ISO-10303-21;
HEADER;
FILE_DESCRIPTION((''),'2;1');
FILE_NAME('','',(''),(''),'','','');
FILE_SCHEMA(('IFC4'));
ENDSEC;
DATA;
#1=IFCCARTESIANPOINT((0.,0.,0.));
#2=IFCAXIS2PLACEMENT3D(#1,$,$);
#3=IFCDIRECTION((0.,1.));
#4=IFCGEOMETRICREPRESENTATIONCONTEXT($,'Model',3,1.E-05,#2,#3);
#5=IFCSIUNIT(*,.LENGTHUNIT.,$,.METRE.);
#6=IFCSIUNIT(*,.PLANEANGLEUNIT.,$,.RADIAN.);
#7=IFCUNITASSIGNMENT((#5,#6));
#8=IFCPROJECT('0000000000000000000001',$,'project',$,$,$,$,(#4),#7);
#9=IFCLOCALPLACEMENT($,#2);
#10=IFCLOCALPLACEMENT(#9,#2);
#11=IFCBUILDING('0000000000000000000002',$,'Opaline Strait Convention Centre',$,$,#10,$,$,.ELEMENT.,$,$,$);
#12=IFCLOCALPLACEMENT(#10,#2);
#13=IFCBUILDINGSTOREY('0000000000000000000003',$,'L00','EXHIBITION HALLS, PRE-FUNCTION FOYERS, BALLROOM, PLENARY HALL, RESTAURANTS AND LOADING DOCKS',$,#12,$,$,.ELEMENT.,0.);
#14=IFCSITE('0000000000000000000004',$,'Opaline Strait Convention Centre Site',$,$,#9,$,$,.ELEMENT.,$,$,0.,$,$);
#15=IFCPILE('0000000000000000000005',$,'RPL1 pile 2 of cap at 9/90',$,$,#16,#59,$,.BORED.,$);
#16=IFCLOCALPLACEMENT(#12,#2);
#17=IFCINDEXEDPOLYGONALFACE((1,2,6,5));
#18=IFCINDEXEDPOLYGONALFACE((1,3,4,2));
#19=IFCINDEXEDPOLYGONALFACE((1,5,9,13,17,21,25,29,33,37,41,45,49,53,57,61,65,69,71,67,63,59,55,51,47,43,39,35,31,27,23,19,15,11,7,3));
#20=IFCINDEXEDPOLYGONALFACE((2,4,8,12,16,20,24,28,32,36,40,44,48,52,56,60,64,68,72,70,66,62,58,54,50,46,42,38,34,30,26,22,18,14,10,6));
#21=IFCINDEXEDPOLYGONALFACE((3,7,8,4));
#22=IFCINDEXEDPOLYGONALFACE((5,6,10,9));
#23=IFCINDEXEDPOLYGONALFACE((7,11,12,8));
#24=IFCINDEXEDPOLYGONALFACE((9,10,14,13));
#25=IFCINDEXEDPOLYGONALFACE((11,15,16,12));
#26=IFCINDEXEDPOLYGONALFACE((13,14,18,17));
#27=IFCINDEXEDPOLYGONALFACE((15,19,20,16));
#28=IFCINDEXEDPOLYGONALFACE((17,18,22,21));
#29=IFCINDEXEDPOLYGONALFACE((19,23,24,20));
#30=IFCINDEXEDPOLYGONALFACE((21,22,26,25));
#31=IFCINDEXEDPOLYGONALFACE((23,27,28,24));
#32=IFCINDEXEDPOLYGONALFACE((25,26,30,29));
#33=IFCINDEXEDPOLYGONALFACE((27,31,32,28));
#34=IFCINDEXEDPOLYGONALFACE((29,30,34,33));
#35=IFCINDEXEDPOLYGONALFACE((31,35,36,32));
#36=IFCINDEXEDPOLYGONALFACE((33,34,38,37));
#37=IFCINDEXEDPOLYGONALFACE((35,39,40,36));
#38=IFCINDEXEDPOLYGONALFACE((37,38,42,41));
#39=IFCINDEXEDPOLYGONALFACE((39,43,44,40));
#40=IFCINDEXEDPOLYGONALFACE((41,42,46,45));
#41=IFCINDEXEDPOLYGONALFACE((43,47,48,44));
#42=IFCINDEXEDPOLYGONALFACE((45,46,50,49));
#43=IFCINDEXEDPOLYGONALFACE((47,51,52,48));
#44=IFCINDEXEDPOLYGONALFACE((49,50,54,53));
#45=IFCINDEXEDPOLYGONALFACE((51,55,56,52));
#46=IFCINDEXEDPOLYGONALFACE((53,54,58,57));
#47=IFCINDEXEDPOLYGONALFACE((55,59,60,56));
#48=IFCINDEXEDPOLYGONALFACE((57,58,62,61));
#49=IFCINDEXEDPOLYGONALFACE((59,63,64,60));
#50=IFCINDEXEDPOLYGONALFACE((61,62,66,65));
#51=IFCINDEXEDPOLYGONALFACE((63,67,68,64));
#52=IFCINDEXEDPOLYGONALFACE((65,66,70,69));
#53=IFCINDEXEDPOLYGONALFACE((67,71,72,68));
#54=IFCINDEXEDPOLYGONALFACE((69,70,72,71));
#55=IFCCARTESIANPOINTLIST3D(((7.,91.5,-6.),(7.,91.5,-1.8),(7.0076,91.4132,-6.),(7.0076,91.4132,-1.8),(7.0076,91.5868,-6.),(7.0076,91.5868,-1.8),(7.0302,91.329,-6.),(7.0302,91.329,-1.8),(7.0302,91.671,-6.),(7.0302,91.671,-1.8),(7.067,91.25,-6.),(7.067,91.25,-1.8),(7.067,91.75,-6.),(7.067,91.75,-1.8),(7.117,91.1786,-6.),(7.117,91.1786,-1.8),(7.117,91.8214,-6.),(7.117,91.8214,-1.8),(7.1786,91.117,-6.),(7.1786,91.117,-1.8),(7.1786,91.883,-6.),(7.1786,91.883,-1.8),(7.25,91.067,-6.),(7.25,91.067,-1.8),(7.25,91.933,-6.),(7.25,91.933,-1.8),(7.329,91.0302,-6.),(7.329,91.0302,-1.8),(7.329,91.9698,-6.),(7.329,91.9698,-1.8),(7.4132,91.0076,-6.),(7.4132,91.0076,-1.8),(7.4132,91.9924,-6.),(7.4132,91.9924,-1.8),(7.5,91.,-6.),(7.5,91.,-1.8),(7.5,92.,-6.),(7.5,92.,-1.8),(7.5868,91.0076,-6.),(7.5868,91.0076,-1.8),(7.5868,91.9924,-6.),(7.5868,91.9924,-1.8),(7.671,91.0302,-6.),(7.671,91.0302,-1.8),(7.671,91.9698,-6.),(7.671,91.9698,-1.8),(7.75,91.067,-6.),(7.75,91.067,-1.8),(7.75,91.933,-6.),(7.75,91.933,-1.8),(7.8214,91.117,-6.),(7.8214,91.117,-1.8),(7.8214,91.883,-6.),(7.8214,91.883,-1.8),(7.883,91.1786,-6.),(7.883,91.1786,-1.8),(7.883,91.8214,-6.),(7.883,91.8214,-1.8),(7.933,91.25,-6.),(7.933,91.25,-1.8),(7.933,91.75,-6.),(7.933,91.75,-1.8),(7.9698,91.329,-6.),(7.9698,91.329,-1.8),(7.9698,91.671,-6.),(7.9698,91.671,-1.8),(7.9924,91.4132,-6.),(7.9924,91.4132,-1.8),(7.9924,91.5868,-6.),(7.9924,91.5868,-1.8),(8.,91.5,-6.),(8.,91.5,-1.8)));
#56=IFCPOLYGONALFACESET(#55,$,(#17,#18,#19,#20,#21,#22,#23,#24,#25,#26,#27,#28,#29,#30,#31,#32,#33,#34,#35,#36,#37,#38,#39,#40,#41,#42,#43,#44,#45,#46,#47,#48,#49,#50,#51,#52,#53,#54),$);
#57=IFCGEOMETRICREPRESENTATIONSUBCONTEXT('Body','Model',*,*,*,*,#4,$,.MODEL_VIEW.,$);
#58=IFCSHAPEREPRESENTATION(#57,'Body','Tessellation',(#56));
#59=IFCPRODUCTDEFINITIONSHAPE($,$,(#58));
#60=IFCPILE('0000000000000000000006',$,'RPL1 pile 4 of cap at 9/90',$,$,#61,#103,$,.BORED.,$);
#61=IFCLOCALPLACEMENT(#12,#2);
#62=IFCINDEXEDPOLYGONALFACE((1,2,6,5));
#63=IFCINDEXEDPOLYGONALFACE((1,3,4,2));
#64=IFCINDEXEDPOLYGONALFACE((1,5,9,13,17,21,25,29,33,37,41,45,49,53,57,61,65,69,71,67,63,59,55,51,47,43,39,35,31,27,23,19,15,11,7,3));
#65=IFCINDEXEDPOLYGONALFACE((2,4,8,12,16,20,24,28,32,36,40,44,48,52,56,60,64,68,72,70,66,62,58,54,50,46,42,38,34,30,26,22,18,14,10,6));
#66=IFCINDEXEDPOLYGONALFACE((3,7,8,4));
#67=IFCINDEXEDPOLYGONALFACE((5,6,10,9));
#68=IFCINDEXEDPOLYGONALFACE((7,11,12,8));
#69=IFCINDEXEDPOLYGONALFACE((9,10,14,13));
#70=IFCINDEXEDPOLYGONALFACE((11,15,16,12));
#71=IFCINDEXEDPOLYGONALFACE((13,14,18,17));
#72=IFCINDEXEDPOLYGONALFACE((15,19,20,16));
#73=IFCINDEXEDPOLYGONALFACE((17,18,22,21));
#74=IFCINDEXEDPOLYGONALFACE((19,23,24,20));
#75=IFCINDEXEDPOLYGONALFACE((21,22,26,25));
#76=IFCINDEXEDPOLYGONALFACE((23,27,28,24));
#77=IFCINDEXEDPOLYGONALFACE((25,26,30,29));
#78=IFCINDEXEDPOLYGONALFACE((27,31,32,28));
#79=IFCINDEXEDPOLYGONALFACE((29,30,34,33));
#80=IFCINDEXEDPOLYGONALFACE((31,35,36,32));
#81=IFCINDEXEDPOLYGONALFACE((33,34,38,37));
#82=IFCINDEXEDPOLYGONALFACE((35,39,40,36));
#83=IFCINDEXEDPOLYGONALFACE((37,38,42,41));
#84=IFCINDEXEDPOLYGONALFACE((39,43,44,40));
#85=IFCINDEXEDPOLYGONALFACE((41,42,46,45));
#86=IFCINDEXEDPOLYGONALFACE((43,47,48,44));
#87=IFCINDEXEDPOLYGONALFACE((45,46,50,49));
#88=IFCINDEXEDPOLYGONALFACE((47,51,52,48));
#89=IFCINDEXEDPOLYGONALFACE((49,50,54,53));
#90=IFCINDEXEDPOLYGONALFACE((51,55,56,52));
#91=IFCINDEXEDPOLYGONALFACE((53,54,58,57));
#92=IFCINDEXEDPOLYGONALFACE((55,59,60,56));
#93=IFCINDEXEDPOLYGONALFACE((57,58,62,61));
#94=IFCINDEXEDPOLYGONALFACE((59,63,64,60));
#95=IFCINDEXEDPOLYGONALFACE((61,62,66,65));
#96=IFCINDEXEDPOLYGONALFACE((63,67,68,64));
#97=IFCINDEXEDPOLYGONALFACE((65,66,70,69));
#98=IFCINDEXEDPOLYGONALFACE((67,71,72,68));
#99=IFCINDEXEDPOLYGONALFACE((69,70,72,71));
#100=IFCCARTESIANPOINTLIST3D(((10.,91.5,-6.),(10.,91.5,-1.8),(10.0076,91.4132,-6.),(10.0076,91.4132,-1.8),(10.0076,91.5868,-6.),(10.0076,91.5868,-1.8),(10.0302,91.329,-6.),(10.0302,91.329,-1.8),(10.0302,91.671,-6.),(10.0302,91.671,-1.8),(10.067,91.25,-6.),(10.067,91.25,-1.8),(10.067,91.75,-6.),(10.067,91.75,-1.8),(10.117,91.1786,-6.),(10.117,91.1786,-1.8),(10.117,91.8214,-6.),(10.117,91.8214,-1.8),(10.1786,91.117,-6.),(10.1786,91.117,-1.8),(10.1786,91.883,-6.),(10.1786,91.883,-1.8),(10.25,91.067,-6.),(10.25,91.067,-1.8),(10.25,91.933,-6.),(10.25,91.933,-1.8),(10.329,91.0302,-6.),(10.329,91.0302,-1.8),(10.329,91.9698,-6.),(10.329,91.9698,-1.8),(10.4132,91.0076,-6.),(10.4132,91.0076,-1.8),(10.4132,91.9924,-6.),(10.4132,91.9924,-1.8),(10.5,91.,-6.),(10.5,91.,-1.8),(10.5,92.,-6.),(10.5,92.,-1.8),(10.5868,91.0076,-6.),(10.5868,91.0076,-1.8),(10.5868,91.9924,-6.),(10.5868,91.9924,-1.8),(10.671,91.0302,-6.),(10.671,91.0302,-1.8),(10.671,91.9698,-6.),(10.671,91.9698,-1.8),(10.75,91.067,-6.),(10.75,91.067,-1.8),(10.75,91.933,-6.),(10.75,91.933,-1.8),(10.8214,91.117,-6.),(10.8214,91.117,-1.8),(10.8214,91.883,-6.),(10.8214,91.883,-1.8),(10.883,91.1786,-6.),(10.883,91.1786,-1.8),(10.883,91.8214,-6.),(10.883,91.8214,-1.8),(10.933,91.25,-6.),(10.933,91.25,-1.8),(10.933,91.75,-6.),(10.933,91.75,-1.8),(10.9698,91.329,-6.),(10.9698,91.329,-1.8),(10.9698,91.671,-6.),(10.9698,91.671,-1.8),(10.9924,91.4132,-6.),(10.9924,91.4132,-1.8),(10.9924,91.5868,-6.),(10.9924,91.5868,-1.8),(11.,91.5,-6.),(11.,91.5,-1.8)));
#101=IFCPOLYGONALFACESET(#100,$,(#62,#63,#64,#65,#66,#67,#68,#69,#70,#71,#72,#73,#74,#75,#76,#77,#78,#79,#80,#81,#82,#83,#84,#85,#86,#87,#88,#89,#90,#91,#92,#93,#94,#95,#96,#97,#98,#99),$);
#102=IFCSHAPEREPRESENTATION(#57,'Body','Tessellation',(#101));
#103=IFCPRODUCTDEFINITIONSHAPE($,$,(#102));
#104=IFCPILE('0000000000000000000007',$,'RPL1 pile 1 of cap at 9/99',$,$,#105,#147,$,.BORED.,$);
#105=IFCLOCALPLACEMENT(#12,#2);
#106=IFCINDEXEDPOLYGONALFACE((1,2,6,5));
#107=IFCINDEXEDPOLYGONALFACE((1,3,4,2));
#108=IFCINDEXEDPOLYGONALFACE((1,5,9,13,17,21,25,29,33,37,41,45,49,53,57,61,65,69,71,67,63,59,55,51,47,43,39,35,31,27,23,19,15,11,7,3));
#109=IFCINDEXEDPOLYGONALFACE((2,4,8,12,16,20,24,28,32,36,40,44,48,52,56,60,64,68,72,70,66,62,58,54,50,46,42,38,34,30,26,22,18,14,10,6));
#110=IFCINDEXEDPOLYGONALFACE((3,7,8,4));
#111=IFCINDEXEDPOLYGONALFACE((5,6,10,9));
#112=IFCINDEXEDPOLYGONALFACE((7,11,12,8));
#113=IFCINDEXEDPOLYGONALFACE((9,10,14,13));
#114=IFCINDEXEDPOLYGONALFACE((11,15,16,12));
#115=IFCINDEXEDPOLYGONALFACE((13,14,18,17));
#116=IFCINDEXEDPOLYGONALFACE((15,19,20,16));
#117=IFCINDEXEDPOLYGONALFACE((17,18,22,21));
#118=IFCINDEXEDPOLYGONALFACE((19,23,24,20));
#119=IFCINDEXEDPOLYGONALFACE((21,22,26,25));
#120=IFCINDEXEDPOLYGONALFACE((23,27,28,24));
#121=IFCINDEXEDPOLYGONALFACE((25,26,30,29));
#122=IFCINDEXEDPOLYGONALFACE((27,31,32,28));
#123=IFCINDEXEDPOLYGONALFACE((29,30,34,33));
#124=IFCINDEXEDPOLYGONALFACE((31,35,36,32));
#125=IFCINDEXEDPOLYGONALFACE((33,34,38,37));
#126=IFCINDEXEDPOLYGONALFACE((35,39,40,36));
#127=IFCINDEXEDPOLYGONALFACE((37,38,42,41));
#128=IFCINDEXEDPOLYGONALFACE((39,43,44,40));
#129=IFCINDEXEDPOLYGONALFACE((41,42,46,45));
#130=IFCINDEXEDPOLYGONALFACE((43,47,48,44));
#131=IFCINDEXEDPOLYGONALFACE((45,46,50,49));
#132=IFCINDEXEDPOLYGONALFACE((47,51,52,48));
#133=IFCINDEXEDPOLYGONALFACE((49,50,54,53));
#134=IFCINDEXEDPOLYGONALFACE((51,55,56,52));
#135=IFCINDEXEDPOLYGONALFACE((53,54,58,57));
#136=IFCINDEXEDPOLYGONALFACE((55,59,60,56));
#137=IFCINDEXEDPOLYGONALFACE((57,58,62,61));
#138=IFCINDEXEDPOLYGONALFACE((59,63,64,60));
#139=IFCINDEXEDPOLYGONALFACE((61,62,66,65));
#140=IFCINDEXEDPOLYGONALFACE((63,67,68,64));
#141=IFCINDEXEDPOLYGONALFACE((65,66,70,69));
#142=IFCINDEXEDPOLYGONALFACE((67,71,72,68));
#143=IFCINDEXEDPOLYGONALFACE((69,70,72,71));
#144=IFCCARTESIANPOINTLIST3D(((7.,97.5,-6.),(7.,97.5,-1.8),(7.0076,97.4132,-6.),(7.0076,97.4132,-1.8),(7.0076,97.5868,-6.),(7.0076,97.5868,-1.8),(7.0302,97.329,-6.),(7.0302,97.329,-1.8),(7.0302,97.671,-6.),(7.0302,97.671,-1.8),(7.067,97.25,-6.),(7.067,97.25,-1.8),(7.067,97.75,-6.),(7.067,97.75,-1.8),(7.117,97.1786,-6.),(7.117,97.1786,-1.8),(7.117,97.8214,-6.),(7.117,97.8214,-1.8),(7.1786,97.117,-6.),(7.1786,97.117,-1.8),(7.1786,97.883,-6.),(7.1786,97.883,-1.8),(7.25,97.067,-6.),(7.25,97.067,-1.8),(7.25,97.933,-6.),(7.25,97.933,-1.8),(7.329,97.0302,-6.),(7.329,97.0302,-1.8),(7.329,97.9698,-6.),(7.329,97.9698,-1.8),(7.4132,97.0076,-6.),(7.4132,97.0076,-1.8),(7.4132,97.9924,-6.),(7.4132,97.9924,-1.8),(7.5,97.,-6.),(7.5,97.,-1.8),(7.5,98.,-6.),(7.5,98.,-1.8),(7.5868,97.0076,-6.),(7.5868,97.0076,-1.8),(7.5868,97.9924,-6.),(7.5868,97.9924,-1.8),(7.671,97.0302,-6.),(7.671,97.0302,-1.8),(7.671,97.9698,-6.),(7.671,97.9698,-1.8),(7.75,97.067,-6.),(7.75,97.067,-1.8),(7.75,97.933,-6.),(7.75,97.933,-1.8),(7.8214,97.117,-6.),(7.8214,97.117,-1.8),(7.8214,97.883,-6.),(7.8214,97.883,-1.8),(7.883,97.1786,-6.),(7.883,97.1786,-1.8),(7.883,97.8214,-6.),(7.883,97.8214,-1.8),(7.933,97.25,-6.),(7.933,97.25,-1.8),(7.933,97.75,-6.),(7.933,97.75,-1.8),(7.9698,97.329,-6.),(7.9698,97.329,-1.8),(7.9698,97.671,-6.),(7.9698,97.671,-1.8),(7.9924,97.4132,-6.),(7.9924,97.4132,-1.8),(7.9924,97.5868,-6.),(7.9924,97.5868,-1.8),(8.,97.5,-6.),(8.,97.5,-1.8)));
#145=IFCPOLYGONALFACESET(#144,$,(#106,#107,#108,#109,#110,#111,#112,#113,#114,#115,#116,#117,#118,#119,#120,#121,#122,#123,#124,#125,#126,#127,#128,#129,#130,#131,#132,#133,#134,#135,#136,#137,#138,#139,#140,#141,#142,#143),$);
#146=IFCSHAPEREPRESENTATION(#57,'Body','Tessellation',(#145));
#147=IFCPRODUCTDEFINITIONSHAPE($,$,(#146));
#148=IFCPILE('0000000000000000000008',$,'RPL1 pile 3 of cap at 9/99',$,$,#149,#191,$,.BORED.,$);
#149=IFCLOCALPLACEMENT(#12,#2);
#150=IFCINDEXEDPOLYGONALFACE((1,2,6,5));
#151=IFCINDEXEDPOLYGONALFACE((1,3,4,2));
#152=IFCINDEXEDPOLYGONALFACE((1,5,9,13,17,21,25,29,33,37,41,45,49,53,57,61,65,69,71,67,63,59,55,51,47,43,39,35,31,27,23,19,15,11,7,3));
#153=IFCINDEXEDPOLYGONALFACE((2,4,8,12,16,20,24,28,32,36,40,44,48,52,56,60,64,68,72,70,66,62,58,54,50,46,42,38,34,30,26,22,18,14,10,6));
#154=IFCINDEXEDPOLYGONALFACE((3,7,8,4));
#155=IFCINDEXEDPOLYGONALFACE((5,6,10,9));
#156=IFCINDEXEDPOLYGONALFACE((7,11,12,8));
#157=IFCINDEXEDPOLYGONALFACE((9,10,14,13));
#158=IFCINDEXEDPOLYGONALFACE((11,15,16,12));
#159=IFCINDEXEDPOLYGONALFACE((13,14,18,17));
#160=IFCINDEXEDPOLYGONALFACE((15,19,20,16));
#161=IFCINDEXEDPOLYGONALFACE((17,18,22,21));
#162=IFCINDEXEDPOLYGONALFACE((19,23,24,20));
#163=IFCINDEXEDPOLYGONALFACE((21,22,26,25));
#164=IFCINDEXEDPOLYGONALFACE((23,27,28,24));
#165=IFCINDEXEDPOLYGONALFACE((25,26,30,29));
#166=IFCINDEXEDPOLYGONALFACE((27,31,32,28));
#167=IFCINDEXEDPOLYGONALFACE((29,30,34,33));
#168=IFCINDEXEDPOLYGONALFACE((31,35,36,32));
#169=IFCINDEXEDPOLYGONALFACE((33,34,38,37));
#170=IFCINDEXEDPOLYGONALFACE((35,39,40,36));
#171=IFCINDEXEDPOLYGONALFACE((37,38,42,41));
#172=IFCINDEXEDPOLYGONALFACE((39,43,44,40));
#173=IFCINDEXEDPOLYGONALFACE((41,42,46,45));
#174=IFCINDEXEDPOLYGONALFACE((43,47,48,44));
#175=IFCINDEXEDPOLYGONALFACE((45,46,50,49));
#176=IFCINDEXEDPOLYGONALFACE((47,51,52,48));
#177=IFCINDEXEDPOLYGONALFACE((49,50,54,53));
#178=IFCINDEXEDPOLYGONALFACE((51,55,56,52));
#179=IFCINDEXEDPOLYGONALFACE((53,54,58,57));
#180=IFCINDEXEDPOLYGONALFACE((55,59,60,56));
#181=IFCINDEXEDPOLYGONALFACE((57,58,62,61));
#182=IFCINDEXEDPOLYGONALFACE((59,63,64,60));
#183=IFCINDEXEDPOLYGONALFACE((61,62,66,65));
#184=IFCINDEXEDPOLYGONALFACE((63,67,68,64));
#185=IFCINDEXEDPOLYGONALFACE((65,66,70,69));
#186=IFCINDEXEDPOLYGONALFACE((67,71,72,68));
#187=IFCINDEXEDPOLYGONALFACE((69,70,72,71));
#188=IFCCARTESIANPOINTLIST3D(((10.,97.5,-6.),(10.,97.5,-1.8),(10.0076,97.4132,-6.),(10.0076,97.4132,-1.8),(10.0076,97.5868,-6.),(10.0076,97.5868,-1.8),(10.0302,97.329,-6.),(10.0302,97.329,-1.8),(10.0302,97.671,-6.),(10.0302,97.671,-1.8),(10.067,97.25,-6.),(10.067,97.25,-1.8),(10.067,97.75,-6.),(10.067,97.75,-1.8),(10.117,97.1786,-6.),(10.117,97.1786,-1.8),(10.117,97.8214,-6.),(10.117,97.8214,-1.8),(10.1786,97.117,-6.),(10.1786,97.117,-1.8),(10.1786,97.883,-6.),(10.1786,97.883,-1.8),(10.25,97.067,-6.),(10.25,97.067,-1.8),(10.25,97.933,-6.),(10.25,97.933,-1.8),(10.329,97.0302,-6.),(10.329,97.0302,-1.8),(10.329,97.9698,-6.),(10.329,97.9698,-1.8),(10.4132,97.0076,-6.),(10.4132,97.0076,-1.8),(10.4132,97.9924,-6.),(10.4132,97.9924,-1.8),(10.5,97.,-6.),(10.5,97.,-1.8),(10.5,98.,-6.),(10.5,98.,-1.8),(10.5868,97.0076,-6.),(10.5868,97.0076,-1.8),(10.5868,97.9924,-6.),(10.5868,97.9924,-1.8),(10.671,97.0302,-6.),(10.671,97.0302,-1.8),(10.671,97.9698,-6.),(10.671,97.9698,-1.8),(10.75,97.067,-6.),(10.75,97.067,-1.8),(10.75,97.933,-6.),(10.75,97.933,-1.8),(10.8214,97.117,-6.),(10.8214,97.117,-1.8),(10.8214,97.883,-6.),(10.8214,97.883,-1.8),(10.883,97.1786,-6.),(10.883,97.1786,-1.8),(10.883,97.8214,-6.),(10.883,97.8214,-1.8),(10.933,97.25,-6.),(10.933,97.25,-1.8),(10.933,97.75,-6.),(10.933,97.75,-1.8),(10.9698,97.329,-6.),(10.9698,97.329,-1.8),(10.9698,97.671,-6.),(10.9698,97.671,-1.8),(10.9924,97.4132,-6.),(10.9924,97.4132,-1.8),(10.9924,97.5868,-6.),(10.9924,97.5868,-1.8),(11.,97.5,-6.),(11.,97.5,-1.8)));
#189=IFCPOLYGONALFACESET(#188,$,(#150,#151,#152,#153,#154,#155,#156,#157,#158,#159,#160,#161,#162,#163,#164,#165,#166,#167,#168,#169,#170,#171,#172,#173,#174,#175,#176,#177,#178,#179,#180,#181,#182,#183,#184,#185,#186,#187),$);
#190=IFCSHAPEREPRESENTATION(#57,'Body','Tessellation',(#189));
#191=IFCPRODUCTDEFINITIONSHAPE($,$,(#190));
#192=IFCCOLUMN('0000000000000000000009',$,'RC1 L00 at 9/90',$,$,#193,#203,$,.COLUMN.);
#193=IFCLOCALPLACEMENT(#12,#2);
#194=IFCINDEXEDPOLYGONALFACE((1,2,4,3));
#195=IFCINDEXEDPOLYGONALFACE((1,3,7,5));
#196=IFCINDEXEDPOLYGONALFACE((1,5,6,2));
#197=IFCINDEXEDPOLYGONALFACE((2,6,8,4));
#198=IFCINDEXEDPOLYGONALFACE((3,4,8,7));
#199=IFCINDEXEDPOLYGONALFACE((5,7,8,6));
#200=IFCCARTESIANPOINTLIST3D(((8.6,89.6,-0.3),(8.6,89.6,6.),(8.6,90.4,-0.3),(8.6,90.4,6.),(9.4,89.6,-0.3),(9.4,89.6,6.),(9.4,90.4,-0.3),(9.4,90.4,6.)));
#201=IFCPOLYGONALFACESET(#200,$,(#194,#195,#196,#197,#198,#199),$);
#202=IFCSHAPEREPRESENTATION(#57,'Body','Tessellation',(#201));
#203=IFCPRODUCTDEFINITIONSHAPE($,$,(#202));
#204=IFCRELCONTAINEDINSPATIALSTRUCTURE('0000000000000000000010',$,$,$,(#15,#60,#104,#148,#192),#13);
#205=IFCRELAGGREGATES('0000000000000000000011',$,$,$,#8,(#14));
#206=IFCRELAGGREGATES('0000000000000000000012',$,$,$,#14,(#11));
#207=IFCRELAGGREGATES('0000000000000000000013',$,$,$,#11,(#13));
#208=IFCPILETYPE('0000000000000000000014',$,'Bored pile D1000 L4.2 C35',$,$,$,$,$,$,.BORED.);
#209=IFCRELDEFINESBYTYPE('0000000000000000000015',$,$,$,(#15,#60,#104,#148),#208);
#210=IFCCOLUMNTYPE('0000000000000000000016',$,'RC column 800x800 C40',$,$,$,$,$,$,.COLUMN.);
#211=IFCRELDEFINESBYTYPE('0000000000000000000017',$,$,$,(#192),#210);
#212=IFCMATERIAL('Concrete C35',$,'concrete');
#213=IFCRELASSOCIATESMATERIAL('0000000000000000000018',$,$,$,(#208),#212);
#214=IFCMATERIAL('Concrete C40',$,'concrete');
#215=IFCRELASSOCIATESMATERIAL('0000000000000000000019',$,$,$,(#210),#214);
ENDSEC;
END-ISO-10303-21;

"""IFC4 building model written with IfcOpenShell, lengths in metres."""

from ifc_helpers import new_model, si_unit, direction, frame, origin, origin_2d, place, context, subcontext, project, spatial, rectangle, circle, extrude, material, material_profile, profile_set, type_object, element, save


model = new_model("IFC4")

# Units and contexts
model_context = context("Model", 3, precision=1e-05, world=origin(), true_north=direction((0.0, 1.0)))
body_context = subcontext(model_context, "Body", "Model", "MODEL_VIEW")
ifc_project = project(units=[si_unit("LENGTHUNIT", "METRE"), si_unit("PLANEANGLEUNIT", "RADIAN")], contexts=[model_context])

# Site, building, storey
site_placement = place(None, origin())
site = spatial("IfcSite", under=ifc_project, at=site_placement, Name="Opaline Strait Convention Centre Site", CompositionType="ELEMENT", RefElevation=0.0)
building_placement = place(site_placement, origin())
building = spatial("IfcBuilding", under=site, at=building_placement, Name="Opaline Strait Convention Centre", CompositionType="ELEMENT")
storey_placement = place(building_placement, origin())
storey = spatial("IfcBuildingStorey", under=building, at=storey_placement, Name="L00", Description="EXHIBITION HALLS, PRE-FUNCTION FOYERS, BALLROOM, PLENARY HALL, RESTAURANTS AND LOADING DOCKS", CompositionType="ELEMENT", Elevation=0.0)

# Piles
ifc_material_1 = material(Name="Concrete C35", Category="concrete")
ifc_material_profile_1 = material_profile(ifc_material_1, circle(Radius=0.5, at=origin_2d()), Name="D1000")
ifc_profile_set_1 = profile_set([ifc_material_profile_1], Name="Concrete C35")
pile_type = type_object("IfcPileType", Name="Bored pile D1000 L4.2 C35", PredefinedType="BORED", material=ifc_profile_set_1)
for number, where, z_axis, x_axis, name in (
    (1, (7.5, 91.5, -1.8), (0.0, 0.0, -1.0), (1.0, 0.0, 0.0), "RPL1 pile 2 of cap at 9/90"),
    (2, (10.5, 91.5, -1.8), (0.0, 0.0, -1.0), (1.0, 0.0, 0.0), "RPL1 pile 4 of cap at 9/90"),
    (3, (7.5, 97.5, -1.8), (0.0, 0.0, -1.0), (1.0, 0.0, 0.0), "RPL1 pile 1 of cap at 9/99"),
    (4, (10.5, 97.5, -1.8), (0.0, 0.0, -1.0), (1.0, 0.0, 0.0), "RPL1 pile 3 of cap at 9/99"),
):
    element("IfcPile", number, at=place(storey_placement, frame(where, z_axis=z_axis, x_axis=x_axis)), inside=storey, type_object=pile_type, Name=name, PredefinedType="BORED", context=body_context, shape_type="SweptSolid", body=[
        extrude(circle(Radius=0.5, at=origin_2d()), origin(), (0.0, 0.0, 1.0), 4.2),
    ])

# Column
ifc_material_2 = material(Name="Concrete C40", Category="concrete")
ifc_material_profile_2 = material_profile(ifc_material_2, rectangle(XDim=0.8, YDim=0.8, at=origin_2d()), Name="RC 800x800")
ifc_profile_set_2 = profile_set([ifc_material_profile_2], Name="Concrete C40")
column_type = type_object("IfcColumnType", Name="RC column 800x800 C40", PredefinedType="COLUMN", material=ifc_profile_set_2)
column_placement = place(storey_placement, frame((9.0, 90.0, -0.3), z_axis=(0.0, 0.0, 1.0), x_axis=(1.0, 0.0, 0.0)))
element("IfcColumn", 5, at=column_placement, inside=storey, type_object=column_type, Name="RC1 L00 at 9/90", PredefinedType="COLUMN", context=body_context, shape_type="SweptSolid", body=[
    extrude(rectangle(XDim=0.8, YDim=0.8, at=origin_2d()), origin(), (0.0, 0.0, 1.0), 6.3),
])

save(model, "model.ifc")
